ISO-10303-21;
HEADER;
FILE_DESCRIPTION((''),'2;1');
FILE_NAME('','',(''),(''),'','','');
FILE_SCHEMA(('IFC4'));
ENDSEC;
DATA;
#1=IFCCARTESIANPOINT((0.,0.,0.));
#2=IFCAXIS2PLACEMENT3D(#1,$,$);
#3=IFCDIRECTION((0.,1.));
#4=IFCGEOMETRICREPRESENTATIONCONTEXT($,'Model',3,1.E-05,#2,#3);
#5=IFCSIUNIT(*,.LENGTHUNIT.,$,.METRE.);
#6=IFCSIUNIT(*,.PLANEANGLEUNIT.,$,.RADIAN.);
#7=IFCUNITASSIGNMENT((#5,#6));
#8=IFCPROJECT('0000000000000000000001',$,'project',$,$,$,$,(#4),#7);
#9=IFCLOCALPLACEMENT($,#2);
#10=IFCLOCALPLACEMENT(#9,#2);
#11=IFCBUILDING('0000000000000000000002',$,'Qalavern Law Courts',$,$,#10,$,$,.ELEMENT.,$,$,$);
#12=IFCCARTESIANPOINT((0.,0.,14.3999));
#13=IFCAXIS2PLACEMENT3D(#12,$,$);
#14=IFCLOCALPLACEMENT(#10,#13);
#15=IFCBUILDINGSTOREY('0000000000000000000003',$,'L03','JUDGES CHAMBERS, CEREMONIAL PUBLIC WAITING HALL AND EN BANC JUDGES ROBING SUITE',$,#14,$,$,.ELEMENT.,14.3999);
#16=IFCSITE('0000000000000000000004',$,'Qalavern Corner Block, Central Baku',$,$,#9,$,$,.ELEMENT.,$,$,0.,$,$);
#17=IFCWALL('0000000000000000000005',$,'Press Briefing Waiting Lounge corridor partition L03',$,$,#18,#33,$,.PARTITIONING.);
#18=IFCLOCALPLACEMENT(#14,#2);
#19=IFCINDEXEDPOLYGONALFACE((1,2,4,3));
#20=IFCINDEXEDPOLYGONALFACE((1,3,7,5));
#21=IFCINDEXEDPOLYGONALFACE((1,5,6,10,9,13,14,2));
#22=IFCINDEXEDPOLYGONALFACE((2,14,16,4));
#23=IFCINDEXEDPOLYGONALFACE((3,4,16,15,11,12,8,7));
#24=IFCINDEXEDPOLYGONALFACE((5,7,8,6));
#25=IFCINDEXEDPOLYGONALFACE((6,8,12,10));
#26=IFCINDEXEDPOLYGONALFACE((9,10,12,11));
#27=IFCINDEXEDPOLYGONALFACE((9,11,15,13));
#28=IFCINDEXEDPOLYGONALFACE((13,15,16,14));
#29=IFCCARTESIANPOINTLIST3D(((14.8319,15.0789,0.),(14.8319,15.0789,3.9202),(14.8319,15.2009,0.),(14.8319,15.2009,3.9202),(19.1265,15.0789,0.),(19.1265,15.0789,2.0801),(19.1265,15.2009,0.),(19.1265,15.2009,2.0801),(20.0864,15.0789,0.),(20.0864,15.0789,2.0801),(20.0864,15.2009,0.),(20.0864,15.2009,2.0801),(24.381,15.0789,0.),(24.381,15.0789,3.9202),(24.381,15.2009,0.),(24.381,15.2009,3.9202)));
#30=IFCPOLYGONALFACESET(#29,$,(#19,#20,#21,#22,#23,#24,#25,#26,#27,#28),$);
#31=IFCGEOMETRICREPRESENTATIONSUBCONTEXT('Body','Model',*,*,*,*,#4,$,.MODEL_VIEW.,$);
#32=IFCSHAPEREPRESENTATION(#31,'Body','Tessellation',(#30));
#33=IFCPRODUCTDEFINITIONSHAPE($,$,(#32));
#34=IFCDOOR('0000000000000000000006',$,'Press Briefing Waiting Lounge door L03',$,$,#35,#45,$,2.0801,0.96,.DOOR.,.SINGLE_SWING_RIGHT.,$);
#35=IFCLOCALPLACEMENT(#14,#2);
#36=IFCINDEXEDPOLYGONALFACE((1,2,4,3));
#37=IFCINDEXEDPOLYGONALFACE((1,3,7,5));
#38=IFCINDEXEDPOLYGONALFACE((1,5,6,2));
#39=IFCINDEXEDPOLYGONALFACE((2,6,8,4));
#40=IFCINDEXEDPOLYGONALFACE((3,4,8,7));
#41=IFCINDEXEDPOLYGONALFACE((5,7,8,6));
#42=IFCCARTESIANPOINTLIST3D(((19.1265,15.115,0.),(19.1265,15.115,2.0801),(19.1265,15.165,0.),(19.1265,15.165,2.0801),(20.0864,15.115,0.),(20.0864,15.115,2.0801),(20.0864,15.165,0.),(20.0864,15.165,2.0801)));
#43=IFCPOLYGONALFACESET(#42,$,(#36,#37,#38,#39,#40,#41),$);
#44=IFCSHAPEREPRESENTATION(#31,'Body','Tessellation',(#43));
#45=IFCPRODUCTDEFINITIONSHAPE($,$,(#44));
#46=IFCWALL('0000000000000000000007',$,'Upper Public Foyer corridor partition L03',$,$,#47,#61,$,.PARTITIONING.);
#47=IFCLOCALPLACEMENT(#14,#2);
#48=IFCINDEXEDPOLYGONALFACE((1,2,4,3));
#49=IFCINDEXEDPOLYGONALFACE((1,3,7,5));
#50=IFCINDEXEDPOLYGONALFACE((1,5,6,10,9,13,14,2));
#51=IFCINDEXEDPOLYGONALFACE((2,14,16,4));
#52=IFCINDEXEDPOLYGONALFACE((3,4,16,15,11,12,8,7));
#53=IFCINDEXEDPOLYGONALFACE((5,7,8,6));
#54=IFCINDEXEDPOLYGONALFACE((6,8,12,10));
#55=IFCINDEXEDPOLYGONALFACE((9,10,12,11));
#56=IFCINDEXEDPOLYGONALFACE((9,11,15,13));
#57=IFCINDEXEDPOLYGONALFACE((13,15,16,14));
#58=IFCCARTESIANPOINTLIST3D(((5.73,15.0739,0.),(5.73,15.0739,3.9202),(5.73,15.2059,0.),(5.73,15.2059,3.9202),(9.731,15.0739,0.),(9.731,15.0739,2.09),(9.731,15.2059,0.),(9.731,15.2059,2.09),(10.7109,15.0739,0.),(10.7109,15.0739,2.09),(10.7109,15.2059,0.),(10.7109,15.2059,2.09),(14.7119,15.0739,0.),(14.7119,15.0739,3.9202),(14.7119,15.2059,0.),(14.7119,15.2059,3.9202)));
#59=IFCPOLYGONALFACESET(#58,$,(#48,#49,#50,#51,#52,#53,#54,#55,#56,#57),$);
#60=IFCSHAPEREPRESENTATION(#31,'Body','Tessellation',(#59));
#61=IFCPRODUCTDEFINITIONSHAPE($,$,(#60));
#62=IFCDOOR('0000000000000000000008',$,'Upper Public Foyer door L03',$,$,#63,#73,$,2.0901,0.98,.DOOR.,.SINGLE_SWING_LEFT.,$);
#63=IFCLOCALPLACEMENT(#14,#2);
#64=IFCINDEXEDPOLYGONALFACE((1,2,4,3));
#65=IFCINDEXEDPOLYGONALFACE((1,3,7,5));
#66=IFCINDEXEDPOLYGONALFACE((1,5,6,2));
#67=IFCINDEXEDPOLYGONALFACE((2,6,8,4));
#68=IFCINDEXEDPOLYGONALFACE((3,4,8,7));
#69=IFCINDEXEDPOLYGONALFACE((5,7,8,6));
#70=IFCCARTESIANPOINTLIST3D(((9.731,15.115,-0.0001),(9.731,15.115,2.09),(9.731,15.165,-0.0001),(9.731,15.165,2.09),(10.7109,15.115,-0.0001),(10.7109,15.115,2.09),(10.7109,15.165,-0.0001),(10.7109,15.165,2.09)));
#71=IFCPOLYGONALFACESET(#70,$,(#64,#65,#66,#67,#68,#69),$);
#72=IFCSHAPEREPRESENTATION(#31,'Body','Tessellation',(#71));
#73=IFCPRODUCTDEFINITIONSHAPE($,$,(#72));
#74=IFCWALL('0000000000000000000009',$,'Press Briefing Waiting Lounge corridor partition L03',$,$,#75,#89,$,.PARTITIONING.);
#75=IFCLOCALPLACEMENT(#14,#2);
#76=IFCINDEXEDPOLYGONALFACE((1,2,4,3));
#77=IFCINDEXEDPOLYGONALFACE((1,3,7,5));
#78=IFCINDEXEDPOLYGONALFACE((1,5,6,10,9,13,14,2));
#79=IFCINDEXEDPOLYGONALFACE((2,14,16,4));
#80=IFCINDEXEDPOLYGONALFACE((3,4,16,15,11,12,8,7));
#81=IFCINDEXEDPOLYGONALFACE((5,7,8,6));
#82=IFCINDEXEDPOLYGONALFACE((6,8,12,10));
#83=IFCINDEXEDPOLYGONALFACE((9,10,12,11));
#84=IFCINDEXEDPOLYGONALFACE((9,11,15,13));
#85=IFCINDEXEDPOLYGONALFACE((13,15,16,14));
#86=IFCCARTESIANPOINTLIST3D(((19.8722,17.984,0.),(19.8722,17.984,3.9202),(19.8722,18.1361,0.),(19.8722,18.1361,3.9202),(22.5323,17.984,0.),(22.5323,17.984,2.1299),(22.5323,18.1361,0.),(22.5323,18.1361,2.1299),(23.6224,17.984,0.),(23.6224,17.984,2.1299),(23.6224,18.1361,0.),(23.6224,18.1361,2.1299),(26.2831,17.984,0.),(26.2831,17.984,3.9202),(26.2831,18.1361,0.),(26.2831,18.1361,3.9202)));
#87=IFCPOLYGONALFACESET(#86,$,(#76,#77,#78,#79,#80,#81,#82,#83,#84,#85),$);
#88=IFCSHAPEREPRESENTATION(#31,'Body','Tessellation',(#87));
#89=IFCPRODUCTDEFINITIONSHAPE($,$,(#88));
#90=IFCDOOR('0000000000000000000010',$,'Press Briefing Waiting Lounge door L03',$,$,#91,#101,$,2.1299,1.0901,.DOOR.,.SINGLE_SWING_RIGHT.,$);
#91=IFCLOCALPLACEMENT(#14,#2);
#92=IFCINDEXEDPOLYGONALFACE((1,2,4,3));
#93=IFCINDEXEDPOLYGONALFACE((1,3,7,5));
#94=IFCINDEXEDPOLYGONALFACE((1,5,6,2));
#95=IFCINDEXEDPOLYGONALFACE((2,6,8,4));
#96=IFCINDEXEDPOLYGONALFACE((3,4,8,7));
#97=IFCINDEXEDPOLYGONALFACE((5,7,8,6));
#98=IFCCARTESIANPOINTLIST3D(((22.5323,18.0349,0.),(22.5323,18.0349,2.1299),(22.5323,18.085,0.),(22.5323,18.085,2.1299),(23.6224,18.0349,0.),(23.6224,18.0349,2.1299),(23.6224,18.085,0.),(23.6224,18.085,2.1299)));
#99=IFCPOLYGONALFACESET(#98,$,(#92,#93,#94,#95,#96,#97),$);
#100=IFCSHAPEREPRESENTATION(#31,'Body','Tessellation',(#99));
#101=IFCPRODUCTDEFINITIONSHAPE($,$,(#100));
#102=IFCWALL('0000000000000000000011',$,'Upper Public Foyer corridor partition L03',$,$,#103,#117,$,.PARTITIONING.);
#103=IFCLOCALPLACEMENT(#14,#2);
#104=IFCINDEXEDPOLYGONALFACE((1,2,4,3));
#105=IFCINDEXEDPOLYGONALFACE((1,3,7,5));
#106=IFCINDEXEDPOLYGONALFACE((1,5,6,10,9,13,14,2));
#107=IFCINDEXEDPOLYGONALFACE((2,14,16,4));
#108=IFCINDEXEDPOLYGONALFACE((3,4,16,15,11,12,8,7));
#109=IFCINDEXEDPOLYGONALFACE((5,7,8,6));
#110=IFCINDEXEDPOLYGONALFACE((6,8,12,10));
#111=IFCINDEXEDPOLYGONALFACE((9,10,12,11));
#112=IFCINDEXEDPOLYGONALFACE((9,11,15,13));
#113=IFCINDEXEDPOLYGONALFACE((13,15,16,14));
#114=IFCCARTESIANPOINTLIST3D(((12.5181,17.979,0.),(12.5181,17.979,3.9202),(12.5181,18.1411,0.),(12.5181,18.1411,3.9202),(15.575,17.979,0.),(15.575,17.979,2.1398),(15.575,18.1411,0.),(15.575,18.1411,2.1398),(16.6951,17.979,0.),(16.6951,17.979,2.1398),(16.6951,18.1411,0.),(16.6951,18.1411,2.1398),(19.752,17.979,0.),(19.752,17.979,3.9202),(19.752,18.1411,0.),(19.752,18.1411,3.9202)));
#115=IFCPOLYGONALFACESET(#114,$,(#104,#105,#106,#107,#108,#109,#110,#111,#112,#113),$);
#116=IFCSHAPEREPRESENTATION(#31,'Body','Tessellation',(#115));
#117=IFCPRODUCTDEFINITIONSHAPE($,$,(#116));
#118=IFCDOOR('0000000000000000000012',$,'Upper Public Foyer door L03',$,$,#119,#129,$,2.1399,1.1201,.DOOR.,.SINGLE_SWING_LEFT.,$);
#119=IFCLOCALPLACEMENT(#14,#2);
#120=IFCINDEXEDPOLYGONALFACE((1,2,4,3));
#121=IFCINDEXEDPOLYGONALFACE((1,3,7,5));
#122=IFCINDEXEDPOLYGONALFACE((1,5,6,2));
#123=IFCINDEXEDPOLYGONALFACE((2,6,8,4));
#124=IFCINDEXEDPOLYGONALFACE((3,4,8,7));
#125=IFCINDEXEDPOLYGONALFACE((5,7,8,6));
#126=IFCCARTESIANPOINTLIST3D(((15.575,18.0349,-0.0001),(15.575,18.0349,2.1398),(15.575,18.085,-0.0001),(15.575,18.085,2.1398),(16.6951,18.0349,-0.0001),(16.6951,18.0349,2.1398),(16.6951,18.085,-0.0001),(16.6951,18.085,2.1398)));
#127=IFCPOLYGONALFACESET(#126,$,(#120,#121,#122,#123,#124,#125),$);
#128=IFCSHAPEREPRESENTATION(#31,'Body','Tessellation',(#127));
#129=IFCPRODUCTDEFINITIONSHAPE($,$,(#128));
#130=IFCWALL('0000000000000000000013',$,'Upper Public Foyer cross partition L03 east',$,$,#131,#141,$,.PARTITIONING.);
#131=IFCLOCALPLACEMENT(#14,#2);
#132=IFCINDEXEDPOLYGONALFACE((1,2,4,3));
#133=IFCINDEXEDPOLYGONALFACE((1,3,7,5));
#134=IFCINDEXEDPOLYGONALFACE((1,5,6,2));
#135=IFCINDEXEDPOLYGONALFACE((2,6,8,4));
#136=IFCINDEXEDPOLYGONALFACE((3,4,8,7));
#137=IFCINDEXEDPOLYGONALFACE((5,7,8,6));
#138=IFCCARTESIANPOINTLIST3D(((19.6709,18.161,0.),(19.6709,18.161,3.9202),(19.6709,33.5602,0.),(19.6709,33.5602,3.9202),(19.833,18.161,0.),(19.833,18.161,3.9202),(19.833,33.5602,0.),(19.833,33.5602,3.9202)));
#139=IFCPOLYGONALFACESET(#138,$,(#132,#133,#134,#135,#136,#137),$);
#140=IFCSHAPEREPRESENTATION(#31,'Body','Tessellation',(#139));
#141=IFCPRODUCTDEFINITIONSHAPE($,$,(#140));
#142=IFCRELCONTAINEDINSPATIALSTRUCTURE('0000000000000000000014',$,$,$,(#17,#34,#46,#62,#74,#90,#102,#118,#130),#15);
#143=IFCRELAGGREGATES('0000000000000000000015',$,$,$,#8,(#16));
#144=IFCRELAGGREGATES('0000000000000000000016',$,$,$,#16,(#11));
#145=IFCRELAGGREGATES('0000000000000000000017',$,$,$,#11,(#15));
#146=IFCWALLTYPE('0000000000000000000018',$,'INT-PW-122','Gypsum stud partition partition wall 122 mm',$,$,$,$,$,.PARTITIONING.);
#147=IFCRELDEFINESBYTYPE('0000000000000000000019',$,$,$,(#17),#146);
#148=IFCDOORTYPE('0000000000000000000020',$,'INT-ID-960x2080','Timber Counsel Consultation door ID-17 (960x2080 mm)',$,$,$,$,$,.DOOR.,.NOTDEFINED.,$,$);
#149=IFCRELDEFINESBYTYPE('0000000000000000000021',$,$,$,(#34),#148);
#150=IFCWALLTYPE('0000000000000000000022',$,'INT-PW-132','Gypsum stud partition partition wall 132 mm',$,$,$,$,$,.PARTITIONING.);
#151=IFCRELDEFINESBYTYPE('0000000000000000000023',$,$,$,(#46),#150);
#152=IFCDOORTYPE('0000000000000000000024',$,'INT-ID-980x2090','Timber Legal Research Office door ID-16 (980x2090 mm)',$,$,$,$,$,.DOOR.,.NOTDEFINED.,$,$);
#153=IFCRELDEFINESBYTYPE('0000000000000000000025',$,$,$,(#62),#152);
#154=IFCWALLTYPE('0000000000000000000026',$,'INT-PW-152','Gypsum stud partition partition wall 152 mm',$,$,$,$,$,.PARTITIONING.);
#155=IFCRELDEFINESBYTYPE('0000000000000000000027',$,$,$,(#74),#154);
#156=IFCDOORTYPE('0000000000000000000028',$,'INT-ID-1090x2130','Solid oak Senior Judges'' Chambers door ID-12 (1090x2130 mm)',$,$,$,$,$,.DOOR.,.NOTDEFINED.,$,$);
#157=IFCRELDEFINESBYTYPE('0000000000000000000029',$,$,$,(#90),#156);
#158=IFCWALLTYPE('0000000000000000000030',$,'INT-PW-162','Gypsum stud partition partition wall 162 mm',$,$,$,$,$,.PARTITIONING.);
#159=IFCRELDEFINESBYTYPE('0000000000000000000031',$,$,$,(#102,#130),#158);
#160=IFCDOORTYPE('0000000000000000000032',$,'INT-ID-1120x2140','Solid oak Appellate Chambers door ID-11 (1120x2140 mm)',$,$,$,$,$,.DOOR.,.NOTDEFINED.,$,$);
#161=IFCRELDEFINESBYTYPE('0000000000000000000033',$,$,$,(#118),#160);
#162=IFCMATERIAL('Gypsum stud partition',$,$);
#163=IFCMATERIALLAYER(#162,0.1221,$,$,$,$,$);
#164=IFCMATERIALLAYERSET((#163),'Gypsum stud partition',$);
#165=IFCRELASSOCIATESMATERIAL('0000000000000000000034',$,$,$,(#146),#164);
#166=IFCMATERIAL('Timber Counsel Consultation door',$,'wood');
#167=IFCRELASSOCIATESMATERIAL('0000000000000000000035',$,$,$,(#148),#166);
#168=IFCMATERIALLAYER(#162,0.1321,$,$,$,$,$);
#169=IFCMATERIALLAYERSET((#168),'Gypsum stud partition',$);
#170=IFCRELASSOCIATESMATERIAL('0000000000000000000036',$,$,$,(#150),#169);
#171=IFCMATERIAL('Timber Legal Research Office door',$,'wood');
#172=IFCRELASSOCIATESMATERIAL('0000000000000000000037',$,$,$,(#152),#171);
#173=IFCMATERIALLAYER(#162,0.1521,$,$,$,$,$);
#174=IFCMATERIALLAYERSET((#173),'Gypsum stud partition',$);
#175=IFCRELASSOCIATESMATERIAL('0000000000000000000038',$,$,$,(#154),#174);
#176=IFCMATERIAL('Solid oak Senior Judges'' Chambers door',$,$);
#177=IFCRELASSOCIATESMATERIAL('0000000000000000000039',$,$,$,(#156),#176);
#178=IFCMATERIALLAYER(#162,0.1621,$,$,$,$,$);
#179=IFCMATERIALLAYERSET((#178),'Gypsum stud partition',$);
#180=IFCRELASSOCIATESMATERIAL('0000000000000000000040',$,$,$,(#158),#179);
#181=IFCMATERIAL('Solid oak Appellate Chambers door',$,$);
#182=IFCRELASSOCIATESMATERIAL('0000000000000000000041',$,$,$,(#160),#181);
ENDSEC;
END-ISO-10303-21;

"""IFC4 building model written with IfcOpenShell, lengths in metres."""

from ifc_helpers import new_model, si_unit, direction, frame, frame_2d, origin, place, context, subcontext, project, spatial, rectangle, extrude, material, layer, layer_set, type_object, element, fill, save


model = new_model("IFC4")

# Units and contexts
model_context = context("Model", 3, precision=1e-05, world=origin(), true_north=direction((0.0, 1.0)))
body_context = subcontext(model_context, "Body", "Model", "MODEL_VIEW")
ifc_project = project(units=[si_unit("LENGTHUNIT", "METRE"), si_unit("PLANEANGLEUNIT", "RADIAN")], contexts=[model_context])

# Site, building, storey
site_placement = place(None, origin())
site = spatial("IfcSite", under=ifc_project, at=site_placement, Name="Qalavern Corner Block, Central Baku", CompositionType="ELEMENT", RefElevation=0.0)
building_placement = place(site_placement, origin())
building = spatial("IfcBuilding", under=site, at=building_placement, Name="Qalavern Law Courts", CompositionType="ELEMENT")
storey_placement = place(building_placement, frame((0.0, 0.0, 14.3999)))
storey = spatial("IfcBuildingStorey", under=building, at=storey_placement, Name="L03", Description="JUDGES CHAMBERS, CEREMONIAL PUBLIC WAITING HALL AND EN BANC JUDGES ROBING SUITE", CompositionType="ELEMENT", Elevation=14.3999)

# Walls, openings, doors
ifc_material_1 = material(Name="Gypsum stud partition")
ifc_layer_1 = layer(ifc_material_1, 0.1221)
ifc_layer_set_1 = layer_set([ifc_layer_1], Name="Gypsum stud partition")
wall_type_1 = type_object("IfcWallType", Name="INT-PW-122", Description="Gypsum stud partition partition wall 122 mm", PredefinedType="PARTITIONING", material=ifc_layer_set_1)
wall_1_placement = place(storey_placement, frame((14.832, 15.1399, 0.0), z_axis=(0.0, 0.0, 1.0), x_axis=(1.0, 0.0, 0.0)))
wall_1 = element("IfcWall", 1, at=wall_1_placement, inside=storey, type_object=wall_type_1, Name="Press Briefing Waiting Lounge corridor partition L03", PredefinedType="PARTITIONING", context=body_context, shape_type="SweptSolid", body=[
    extrude(rectangle(XDim=9.5491, YDim=0.1221, at=frame_2d((4.7744, 0.0))), origin(), (0.0, 0.0, 1.0), 3.9202),
])
opening_1_placement = place(wall_1_placement, frame((4.2944, 0.0, 0.0)))
opening_1 = element("IfcOpeningElement", 2, at=opening_1_placement, cuts=wall_1, PredefinedType="OPENING", context=body_context, shape_type="SweptSolid", body=[
    extrude(rectangle(XDim=0.96, YDim=2.0801, at=frame_2d((0.48, 1.04))), frame((0.0, 0.0759, 0.0), z_axis=(0.0, -1.0, 0.0), x_axis=(1.0, 0.0, 0.0)), (0.0, 0.0, 1.0), 0.1519),
])
ifc_material_2 = material(Name="Timber Counsel Consultation door", Category="wood")
door_type_1 = type_object("IfcDoorType", Name="INT-ID-960x2080", Description="Timber Counsel Consultation door ID-17 (960x2080 mm)", OperationType="NOTDEFINED", PredefinedType="DOOR", material=ifc_material_2)
door_1_placement = place(opening_1_placement, frame((0.96, 0.0, 0.0), z_axis=(0.0, 0.0, 1.0), x_axis=(-1.0, 0.0, 0.0)))
door_1 = element("IfcDoor", 3, at=door_1_placement, inside=storey, type_object=door_type_1, Name="Press Briefing Waiting Lounge door L03", OperationType="SINGLE_SWING_RIGHT", OverallHeight=2.0801, OverallWidth=0.96, PredefinedType="DOOR", context=body_context, shape_type="SweptSolid", body=[
    extrude(rectangle(XDim=0.96, YDim=2.0801, at=frame_2d((0.48, 1.04))), frame((0.0, 0.0249, 0.0), z_axis=(0.0, -1.0, 0.0), x_axis=(1.0, 0.0, 0.0)), (0.0, 0.0, 1.0), 0.05),
])
fill(opening_1, door_1)
ifc_layer_2 = layer(ifc_material_1, 0.1321)
ifc_layer_set_2 = layer_set([ifc_layer_2], Name="Gypsum stud partition")
wall_type_2 = type_object("IfcWallType", Name="INT-PW-132", Description="Gypsum stud partition partition wall 132 mm", PredefinedType="PARTITIONING", material=ifc_layer_set_2)
wall_2_placement = place(storey_placement, frame((5.73, 15.1399, 0.0), z_axis=(0.0, 0.0, 1.0), x_axis=(1.0, 0.0, 0.0)))
wall_2 = element("IfcWall", 4, at=wall_2_placement, inside=storey, type_object=wall_type_2, Name="Upper Public Foyer corridor partition L03", PredefinedType="PARTITIONING", context=body_context, shape_type="SweptSolid", body=[
    extrude(rectangle(XDim=8.9819, YDim=0.1321, at=frame_2d((4.491, 0.0))), origin(), (0.0, 0.0, 1.0), 3.9202),
])
opening_2_placement = place(wall_2_placement, frame((4.001, 0.0, 0.0)))
opening_2 = element("IfcOpeningElement", 5, at=opening_2_placement, cuts=wall_2, PredefinedType="OPENING", context=body_context, shape_type="SweptSolid", body=[
    extrude(rectangle(XDim=0.98, YDim=2.0901, at=frame_2d((0.49, 1.0449))), frame((0.0, 0.0811, 0.0), z_axis=(0.0, -1.0, 0.0), x_axis=(1.0, 0.0, 0.0)), (0.0, 0.0, 1.0), 0.1619),
])
ifc_material_3 = material(Name="Timber Legal Research Office door", Category="wood")
door_type_2 = type_object("IfcDoorType", Name="INT-ID-980x2090", Description="Timber Legal Research Office door ID-16 (980x2090 mm)", OperationType="NOTDEFINED", PredefinedType="DOOR", material=ifc_material_3)
door_2_placement = place(opening_2_placement, frame((0.98, 0.0, 0.0), z_axis=(0.0, 0.0, 1.0), x_axis=(-1.0, 0.0, 0.0)))
door_2 = element("IfcDoor", 6, at=door_2_placement, inside=storey, type_object=door_type_2, Name="Upper Public Foyer door L03", OperationType="SINGLE_SWING_LEFT", OverallHeight=2.0901, OverallWidth=0.98, PredefinedType="DOOR", context=body_context, shape_type="SweptSolid", body=[
    extrude(rectangle(XDim=0.98, YDim=2.0901, at=frame_2d((0.49, 1.0449))), frame((0.0, 0.0249, 0.0), z_axis=(0.0, -1.0, 0.0), x_axis=(1.0, 0.0, 0.0)), (0.0, 0.0, 1.0), 0.05),
])
fill(opening_2, door_2)
ifc_layer_3 = layer(ifc_material_1, 0.1521)
ifc_layer_set_3 = layer_set([ifc_layer_3], Name="Gypsum stud partition")
wall_type_3 = type_object("IfcWallType", Name="INT-PW-152", Description="Gypsum stud partition partition wall 152 mm", PredefinedType="PARTITIONING", material=ifc_layer_set_3)
wall_3_placement = place(storey_placement, frame((19.8721, 18.0601, 0.0), z_axis=(0.0, 0.0, 1.0), x_axis=(1.0, 0.0, 0.0)))
wall_3 = element("IfcWall", 7, at=wall_3_placement, inside=storey, type_object=wall_type_3, Name="Press Briefing Waiting Lounge corridor partition L03", PredefinedType="PARTITIONING", context=body_context, shape_type="SweptSolid", body=[
    extrude(rectangle(XDim=6.4109, YDim=0.1521, at=frame_2d((3.2056, 0.0))), origin(), (0.0, 0.0, 1.0), 3.9202),
])
opening_3_placement = place(wall_3_placement, frame((2.6604, 0.0, 0.0)))
opening_3 = element("IfcOpeningElement", 8, at=opening_3_placement, cuts=wall_3, PredefinedType="OPENING", context=body_context, shape_type="SweptSolid", body=[
    extrude(rectangle(XDim=1.0901, YDim=2.1299, at=frame_2d((0.5449, 1.0649))), frame((0.0, 0.0908, 0.0), z_axis=(0.0, -1.0, 0.0), x_axis=(1.0, 0.0, 0.0)), (0.0, 0.0, 1.0), 0.1819),
])
ifc_material_4 = material(Name="Solid oak Senior Judges' Chambers door")
door_type_3 = type_object("IfcDoorType", Name="INT-ID-1090x2130", Description="Solid oak Senior Judges' Chambers door ID-12 (1090x2130 mm)", OperationType="NOTDEFINED", PredefinedType="DOOR", material=ifc_material_4)
door_3_placement = place(opening_3_placement, origin())
door_3 = element("IfcDoor", 9, at=door_3_placement, inside=storey, type_object=door_type_3, Name="Press Briefing Waiting Lounge door L03", OperationType="SINGLE_SWING_RIGHT", OverallHeight=2.1299, OverallWidth=1.0901, PredefinedType="DOOR", context=body_context, shape_type="SweptSolid", body=[
    extrude(rectangle(XDim=1.0901, YDim=2.1299, at=frame_2d((0.5449, 1.0649))), frame((0.0, 0.0249, 0.0), z_axis=(0.0, -1.0, 0.0), x_axis=(1.0, 0.0, 0.0)), (0.0, 0.0, 1.0), 0.05),
])
fill(opening_3, door_3)
ifc_layer_4 = layer(ifc_material_1, 0.1621)
ifc_layer_set_4 = layer_set([ifc_layer_4], Name="Gypsum stud partition")
wall_type_4 = type_object("IfcWallType", Name="INT-PW-162", Description="Gypsum stud partition partition wall 162 mm", PredefinedType="PARTITIONING", material=ifc_layer_set_4)
wall_4_placement = place(storey_placement, frame((12.5181, 18.0601, 0.0), z_axis=(0.0, 0.0, 1.0), x_axis=(1.0, 0.0, 0.0)))
wall_4 = element("IfcWall", 10, at=wall_4_placement, inside=storey, type_object=wall_type_4, Name="Upper Public Foyer corridor partition L03", PredefinedType="PARTITIONING", context=body_context, shape_type="SweptSolid", body=[
    extrude(rectangle(XDim=7.2339, YDim=0.1621, at=frame_2d((3.6169, 0.0))), origin(), (0.0, 0.0, 1.0), 3.9202),
])
opening_4_placement = place(wall_4_placement, frame((3.0569, 0.0, 0.0)))
opening_4 = element("IfcOpeningElement", 11, at=opening_4_placement, cuts=wall_4, PredefinedType="OPENING", context=body_context, shape_type="SweptSolid", body=[
    extrude(rectangle(XDim=1.1201, YDim=2.1399, at=frame_2d((0.5601, 1.0698))), frame((0.0, 0.0959, 0.0), z_axis=(0.0, -1.0, 0.0), x_axis=(1.0, 0.0, 0.0)), (0.0, 0.0, 1.0), 0.1919),
])
ifc_material_5 = material(Name="Solid oak Appellate Chambers door")
door_type_4 = type_object("IfcDoorType", Name="INT-ID-1120x2140", Description="Solid oak Appellate Chambers door ID-11 (1120x2140 mm)", OperationType="NOTDEFINED", PredefinedType="DOOR", material=ifc_material_5)
door_4_placement = place(opening_4_placement, origin())
door_4 = element("IfcDoor", 12, at=door_4_placement, inside=storey, type_object=door_type_4, Name="Upper Public Foyer door L03", OperationType="SINGLE_SWING_LEFT", OverallHeight=2.1399, OverallWidth=1.1201, PredefinedType="DOOR", context=body_context, shape_type="SweptSolid", body=[
    extrude(rectangle(XDim=1.1201, YDim=2.1399, at=frame_2d((0.5601, 1.0698))), frame((0.0, 0.0249, 0.0), z_axis=(0.0, -1.0, 0.0), x_axis=(1.0, 0.0, 0.0)), (0.0, 0.0, 1.0), 0.05),
])
fill(opening_4, door_4)

# Wall
wall_5_placement = place(storey_placement, frame((19.752, 18.1609, 0.0), z_axis=(0.0, 0.0, 1.0), x_axis=(0.0, 1.0, 0.0)))
element("IfcWall", 13, at=wall_5_placement, inside=storey, type_object=wall_type_4, Name="Upper Public Foyer cross partition L03 east", PredefinedType="PARTITIONING", context=body_context, shape_type="SweptSolid", body=[
    extrude(rectangle(XDim=15.3992, YDim=0.1621, at=frame_2d((7.6997, 0.0))), origin(), (0.0, 0.0, 1.0), 3.9202),
])

save(model, "model.ifc")
